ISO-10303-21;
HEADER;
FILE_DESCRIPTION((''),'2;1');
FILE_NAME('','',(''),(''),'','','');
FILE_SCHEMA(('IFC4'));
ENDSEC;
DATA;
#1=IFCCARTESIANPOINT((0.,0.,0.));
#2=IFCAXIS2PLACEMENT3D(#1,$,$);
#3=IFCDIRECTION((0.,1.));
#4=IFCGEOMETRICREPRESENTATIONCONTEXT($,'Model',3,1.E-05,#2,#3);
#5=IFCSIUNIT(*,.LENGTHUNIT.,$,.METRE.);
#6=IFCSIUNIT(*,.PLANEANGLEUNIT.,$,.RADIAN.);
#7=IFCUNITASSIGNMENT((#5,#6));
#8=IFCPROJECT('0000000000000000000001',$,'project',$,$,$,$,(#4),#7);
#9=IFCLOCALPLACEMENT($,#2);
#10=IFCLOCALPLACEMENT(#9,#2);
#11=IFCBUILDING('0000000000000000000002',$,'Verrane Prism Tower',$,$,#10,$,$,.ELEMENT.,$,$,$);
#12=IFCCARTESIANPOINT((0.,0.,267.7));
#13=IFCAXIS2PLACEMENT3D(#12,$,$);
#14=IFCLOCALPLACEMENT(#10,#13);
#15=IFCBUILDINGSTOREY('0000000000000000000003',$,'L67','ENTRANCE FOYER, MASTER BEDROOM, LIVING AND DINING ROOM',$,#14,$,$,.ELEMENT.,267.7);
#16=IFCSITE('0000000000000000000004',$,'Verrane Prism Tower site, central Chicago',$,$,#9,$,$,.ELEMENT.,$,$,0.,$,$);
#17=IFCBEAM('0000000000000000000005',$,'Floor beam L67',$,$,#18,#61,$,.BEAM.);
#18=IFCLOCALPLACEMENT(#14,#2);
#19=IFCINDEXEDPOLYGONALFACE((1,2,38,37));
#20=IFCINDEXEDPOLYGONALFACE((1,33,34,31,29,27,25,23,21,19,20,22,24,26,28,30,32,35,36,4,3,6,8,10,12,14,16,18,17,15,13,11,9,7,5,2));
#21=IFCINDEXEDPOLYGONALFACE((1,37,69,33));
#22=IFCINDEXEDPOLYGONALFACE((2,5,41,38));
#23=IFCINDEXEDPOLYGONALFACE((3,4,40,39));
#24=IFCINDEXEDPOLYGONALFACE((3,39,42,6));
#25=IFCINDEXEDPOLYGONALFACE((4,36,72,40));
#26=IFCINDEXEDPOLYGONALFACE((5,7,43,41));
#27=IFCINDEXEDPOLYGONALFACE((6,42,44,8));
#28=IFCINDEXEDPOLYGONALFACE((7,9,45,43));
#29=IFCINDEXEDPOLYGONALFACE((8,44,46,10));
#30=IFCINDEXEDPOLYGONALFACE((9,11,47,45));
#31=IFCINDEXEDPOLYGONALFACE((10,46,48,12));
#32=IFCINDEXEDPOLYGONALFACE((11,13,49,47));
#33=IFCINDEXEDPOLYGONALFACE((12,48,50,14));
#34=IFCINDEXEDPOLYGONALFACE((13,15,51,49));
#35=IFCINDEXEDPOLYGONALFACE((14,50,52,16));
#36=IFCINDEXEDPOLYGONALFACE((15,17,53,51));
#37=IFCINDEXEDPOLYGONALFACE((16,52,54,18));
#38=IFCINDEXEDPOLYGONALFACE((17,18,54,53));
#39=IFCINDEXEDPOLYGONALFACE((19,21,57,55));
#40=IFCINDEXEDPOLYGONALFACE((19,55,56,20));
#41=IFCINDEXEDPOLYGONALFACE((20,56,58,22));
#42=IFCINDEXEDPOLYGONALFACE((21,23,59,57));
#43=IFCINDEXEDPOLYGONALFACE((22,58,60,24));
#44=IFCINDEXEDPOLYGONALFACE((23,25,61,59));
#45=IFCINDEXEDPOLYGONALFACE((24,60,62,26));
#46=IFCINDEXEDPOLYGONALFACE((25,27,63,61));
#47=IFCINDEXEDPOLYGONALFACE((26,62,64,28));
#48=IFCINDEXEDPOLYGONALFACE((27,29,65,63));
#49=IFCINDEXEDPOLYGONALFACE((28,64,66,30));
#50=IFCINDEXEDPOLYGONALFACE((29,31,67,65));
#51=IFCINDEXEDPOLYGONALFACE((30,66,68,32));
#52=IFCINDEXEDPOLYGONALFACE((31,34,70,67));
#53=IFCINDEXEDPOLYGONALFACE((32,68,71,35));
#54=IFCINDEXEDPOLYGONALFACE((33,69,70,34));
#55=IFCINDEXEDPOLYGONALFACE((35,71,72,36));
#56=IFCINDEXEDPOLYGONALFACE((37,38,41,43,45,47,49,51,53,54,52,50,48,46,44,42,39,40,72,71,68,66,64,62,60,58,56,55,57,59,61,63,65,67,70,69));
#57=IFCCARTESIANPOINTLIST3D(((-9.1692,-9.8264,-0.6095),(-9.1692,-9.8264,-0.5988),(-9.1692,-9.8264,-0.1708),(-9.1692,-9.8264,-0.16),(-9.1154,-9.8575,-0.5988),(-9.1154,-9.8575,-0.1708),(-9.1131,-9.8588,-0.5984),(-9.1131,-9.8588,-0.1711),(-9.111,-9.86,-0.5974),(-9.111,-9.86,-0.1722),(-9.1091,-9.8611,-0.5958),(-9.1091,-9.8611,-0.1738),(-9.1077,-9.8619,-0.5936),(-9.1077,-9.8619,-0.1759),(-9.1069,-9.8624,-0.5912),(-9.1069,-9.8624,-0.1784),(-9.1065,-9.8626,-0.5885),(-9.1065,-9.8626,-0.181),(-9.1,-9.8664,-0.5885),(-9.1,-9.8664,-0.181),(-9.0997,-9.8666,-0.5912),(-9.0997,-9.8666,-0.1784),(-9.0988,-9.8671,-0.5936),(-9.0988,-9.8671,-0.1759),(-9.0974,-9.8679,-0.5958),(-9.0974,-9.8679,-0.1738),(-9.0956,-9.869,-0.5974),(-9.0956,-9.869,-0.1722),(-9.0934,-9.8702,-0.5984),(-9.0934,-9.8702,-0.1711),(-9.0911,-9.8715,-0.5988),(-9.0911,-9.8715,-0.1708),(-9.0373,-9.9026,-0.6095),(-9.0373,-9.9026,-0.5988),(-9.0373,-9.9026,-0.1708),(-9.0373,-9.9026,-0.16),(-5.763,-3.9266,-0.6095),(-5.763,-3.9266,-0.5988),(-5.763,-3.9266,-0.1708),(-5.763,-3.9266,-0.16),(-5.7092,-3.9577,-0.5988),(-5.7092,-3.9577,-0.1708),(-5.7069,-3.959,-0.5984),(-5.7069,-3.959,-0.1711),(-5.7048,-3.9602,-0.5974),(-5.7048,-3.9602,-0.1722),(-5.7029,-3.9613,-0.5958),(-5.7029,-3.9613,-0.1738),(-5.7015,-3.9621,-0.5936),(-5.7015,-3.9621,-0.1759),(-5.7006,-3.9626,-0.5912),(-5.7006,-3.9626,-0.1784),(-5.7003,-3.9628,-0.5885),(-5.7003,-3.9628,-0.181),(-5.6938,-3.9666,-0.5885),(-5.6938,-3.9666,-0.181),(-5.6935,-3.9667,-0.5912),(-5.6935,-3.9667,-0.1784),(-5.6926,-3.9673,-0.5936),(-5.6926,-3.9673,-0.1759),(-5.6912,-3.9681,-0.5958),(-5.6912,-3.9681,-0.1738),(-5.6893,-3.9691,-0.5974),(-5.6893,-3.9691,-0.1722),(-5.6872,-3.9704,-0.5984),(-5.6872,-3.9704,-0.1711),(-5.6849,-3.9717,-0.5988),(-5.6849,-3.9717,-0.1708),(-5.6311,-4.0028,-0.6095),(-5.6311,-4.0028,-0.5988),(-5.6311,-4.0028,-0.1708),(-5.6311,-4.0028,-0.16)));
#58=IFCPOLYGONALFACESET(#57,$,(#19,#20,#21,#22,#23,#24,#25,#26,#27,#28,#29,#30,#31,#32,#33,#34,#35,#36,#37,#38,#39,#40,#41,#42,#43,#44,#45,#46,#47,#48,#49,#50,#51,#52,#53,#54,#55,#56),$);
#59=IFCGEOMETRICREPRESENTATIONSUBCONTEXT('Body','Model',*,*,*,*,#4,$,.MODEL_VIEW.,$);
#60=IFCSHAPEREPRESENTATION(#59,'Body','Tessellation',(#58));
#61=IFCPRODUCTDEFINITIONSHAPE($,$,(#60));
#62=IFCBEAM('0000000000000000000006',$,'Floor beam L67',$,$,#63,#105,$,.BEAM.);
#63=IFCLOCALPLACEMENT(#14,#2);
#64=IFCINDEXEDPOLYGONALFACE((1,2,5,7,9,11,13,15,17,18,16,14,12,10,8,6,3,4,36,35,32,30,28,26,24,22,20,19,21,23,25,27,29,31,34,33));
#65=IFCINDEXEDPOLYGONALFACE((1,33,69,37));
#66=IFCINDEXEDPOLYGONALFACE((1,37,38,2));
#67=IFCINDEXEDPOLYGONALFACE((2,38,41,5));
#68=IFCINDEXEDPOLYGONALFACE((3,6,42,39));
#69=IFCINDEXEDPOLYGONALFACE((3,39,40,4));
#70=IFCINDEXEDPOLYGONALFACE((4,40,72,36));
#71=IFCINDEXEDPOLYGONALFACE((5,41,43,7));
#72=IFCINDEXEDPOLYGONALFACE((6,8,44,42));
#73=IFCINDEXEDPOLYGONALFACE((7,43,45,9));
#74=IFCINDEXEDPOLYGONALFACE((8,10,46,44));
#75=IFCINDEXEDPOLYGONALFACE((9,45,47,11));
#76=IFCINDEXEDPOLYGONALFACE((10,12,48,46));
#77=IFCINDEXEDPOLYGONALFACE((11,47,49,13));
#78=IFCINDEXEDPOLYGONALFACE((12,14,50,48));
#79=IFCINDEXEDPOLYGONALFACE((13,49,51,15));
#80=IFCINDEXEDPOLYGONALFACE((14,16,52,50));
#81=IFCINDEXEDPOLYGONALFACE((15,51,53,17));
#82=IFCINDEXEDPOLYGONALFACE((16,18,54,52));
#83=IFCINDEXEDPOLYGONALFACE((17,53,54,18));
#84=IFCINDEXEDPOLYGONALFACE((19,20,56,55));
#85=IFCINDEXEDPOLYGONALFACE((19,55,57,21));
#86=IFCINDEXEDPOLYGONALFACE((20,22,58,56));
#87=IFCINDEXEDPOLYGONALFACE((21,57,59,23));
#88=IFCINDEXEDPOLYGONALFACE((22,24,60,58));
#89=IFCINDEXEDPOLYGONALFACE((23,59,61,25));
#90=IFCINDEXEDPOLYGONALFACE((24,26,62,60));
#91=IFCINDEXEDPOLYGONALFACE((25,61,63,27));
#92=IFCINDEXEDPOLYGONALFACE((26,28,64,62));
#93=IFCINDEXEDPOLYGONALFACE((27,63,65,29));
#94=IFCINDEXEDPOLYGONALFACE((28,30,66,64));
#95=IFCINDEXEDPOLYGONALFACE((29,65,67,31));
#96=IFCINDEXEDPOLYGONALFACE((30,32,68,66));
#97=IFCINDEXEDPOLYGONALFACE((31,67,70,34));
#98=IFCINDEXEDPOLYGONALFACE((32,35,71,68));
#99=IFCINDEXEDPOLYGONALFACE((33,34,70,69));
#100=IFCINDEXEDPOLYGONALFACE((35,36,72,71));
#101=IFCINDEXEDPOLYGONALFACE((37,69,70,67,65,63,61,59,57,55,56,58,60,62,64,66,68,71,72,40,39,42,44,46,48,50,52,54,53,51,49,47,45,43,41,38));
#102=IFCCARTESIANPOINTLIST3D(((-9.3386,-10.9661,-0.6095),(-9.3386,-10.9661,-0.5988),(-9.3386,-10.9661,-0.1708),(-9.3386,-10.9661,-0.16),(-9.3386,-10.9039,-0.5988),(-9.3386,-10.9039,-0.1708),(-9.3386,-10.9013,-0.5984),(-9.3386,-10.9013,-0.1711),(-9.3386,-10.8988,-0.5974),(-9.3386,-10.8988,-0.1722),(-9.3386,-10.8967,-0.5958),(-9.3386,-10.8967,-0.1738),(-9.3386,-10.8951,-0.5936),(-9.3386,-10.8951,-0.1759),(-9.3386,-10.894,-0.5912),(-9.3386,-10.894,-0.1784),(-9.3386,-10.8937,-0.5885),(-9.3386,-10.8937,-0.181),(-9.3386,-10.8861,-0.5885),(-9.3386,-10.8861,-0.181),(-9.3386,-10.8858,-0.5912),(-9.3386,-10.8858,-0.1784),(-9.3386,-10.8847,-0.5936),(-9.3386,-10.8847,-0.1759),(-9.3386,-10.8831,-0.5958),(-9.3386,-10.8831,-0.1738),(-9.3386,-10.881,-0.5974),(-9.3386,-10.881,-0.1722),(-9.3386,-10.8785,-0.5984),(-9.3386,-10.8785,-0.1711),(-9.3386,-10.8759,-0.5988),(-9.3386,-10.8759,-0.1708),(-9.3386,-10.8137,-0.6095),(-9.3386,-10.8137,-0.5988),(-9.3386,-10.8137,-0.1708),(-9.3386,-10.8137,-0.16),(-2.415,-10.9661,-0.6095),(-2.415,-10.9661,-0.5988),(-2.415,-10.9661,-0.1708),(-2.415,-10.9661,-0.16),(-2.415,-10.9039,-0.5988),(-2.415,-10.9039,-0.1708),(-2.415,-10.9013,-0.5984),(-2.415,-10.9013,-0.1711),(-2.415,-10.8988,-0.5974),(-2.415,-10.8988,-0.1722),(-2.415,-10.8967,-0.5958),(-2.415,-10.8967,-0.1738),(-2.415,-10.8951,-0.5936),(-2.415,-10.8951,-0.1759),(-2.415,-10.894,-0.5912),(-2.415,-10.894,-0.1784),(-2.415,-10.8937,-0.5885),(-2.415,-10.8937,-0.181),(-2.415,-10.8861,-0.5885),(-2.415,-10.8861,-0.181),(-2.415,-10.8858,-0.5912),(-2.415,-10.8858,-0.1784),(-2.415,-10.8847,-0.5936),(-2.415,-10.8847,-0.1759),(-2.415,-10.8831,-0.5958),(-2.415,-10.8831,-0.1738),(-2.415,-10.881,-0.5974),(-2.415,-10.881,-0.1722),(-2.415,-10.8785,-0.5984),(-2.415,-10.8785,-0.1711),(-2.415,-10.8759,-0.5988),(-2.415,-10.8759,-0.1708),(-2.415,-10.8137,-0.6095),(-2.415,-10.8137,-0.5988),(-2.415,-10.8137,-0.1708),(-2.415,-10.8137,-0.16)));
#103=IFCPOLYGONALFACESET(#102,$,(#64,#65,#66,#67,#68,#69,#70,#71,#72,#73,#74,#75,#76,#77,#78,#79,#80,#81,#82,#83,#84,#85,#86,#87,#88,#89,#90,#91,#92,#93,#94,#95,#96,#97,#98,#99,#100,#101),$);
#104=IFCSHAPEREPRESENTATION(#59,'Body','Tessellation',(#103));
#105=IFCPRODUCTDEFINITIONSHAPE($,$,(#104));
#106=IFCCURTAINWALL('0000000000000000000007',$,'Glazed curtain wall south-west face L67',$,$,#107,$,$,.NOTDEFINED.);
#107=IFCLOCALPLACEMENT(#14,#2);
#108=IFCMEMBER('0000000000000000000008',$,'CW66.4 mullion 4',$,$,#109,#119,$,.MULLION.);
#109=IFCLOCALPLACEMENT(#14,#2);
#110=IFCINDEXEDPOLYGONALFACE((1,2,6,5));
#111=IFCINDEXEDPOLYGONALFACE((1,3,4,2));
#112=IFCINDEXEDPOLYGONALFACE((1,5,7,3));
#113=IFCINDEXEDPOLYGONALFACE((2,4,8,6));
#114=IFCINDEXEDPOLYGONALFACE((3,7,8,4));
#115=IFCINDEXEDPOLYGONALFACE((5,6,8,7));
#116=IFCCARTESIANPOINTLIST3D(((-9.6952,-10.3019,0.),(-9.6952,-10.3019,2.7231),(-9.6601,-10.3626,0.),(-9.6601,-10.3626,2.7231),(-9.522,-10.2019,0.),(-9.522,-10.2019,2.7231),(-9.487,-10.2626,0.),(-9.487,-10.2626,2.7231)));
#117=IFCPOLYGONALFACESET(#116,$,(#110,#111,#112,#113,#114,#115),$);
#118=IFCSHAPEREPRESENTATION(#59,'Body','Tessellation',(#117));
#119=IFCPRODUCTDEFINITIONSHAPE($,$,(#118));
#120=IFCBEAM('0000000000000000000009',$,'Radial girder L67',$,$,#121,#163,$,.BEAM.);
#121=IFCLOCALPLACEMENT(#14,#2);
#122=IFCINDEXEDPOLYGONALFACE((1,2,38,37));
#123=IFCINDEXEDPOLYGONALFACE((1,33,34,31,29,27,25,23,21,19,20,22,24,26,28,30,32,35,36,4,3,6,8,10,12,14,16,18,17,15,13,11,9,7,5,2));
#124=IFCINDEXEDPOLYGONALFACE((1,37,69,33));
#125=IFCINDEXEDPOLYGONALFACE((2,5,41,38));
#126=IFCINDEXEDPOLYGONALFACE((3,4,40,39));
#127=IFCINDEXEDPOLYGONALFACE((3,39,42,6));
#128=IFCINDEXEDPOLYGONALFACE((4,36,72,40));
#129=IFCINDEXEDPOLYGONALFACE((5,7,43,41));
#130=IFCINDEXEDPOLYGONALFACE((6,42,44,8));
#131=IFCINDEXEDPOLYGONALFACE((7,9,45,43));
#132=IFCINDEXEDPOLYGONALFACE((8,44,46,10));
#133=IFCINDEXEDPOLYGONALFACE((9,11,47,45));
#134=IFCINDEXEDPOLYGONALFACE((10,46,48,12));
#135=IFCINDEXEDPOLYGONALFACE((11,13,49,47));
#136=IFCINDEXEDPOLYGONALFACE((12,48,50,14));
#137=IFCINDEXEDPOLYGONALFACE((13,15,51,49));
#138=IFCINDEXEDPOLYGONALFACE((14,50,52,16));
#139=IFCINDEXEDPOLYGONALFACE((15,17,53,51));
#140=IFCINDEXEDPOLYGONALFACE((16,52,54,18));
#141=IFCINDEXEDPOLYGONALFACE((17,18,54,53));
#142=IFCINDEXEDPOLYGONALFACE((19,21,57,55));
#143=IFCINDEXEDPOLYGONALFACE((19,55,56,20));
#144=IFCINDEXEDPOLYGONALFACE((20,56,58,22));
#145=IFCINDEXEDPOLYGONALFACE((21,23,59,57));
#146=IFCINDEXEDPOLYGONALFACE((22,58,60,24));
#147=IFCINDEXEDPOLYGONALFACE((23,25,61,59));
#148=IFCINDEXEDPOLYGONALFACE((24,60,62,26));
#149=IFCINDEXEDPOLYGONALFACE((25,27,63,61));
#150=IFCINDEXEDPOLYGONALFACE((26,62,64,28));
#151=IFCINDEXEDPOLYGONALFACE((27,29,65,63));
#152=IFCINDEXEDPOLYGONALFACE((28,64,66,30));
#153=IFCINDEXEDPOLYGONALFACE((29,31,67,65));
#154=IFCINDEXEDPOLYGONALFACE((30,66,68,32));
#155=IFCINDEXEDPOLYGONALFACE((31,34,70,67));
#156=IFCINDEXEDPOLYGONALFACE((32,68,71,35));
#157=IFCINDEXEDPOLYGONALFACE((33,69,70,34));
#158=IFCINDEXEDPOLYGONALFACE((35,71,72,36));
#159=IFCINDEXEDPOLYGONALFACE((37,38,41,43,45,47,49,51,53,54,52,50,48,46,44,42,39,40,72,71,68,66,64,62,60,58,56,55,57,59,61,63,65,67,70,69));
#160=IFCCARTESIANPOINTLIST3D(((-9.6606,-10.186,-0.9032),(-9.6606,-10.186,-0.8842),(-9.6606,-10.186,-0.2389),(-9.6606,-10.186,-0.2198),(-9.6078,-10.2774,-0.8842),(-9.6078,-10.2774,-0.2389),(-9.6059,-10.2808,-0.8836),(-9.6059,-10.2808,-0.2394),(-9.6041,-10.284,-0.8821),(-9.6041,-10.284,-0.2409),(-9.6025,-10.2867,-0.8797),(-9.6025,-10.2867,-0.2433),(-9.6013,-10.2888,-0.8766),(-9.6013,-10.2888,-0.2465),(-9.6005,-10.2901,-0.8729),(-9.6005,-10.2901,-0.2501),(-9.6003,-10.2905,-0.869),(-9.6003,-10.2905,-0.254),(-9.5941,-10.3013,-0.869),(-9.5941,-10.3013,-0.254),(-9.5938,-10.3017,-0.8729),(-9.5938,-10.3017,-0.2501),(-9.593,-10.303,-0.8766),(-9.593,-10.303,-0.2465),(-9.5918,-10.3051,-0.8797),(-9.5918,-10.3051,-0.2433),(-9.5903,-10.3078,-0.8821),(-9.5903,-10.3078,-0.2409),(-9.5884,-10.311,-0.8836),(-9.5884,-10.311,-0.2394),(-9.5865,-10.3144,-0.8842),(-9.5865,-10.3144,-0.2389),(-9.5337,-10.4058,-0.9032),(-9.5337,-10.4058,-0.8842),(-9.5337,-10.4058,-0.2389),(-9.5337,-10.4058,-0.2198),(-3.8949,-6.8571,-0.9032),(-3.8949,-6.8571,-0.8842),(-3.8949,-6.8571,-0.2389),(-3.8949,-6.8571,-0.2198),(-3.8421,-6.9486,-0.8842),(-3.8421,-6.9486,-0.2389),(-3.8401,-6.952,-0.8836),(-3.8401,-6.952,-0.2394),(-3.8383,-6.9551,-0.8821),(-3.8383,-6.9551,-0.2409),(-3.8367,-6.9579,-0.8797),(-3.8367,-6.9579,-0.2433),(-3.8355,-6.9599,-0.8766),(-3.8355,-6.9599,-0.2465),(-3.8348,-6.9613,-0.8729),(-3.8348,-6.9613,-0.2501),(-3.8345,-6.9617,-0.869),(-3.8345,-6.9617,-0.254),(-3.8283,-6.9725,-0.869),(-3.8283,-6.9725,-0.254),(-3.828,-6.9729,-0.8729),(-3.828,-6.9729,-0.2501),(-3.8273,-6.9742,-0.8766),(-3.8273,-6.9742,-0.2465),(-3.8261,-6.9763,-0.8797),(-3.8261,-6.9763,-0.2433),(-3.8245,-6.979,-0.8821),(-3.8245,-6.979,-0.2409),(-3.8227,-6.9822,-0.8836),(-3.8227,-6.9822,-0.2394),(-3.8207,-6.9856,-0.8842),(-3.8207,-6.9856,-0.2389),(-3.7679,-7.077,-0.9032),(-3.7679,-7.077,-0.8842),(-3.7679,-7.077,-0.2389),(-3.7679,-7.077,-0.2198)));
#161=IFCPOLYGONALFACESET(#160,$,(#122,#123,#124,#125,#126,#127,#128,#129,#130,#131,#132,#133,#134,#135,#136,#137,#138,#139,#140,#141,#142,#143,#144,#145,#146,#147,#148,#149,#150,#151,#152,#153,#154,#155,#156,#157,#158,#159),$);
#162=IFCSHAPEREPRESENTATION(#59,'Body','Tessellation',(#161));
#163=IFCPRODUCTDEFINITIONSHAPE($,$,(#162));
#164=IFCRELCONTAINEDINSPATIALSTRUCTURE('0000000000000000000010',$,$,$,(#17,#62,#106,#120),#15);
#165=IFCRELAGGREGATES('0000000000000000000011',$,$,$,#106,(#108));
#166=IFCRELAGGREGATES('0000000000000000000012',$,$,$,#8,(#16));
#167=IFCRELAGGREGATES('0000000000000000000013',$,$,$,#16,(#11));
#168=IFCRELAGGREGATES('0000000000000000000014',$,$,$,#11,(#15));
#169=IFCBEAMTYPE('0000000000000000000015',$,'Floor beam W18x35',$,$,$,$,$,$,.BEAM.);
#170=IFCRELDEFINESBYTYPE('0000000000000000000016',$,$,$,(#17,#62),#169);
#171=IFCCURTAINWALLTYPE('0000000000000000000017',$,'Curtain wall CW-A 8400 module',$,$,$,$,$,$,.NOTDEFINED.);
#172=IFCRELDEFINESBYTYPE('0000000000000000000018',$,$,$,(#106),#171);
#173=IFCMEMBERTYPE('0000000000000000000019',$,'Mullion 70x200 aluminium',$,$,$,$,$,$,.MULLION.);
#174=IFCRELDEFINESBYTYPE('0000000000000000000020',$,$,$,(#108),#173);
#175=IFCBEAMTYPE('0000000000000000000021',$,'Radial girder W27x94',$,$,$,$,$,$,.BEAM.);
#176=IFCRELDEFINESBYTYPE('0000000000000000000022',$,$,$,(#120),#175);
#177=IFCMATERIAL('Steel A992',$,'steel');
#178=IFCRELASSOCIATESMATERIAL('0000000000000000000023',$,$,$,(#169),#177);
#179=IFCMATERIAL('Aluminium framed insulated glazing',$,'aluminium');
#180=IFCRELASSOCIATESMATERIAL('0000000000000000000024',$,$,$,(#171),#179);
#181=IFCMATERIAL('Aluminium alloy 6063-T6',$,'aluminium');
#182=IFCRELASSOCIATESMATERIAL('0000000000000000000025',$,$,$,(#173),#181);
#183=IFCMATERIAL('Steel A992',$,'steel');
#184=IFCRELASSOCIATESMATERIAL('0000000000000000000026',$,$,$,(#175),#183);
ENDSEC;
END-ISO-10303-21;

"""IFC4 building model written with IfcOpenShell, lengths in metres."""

from ifc_helpers import new_model, si_unit, direction, frame, origin, origin_2d, place, context, subcontext, project, spatial, rectangle, i_section, extrude, material, material_profile, profile_set, type_object, element, aggregate, save


model = new_model("IFC4")

# Units and contexts
model_context = context("Model", 3, precision=1e-05, world=origin(), true_north=direction((0.0, 1.0)))
body_context = subcontext(model_context, "Body", "Model", "MODEL_VIEW")
ifc_project = project(units=[si_unit("LENGTHUNIT", "METRE"), si_unit("PLANEANGLEUNIT", "RADIAN")], contexts=[model_context])

# Site, building, storey
site_placement = place(None, origin())
site = spatial("IfcSite", under=ifc_project, at=site_placement, Name="Verrane Prism Tower site, central Chicago", CompositionType="ELEMENT", RefElevation=0.0)
building_placement = place(site_placement, origin())
building = spatial("IfcBuilding", under=site, at=building_placement, Name="Verrane Prism Tower", CompositionType="ELEMENT")
storey_placement = place(building_placement, frame((0.0, 0.0, 267.7)))
storey = spatial("IfcBuildingStorey", under=building, at=storey_placement, Name="L67", Description="ENTRANCE FOYER, MASTER BEDROOM, LIVING AND DINING ROOM", CompositionType="ELEMENT", Elevation=267.7)

# Beams
ifc_material_1 = material(Name="Steel A992", Category="steel")
ifc_material_profile_1 = material_profile(ifc_material_1, i_section(OverallWidth=0.1523, OverallDepth=0.4495, WebThickness=0.0076, FlangeThickness=0.0107, FilletRadius=0.0103, at=origin_2d()), Name="W18x35")
ifc_profile_set_1 = profile_set([ifc_material_profile_1], Name="Steel A992")
beam_type_1 = type_object("IfcBeamType", Name="Floor beam W18x35", PredefinedType="BEAM", material=ifc_profile_set_1)
beam_1_placement = place(storey_placement, frame((-9.1033, -9.8645, -0.3848), z_axis=(0.499993, 0.866029, 0.0), x_axis=(-0.866029, 0.499993, 0.0)))
element("IfcBeam", 1, at=beam_1_placement, inside=storey, type_object=beam_type_1, Name="Floor beam L67", PredefinedType="BEAM", context=body_context, shape_type="SweptSolid", body=[
    extrude(i_section(OverallWidth=0.1523, OverallDepth=0.4495, WebThickness=0.0076, FlangeThickness=0.0107, FilletRadius=0.0103, at=origin_2d()), origin(), (0.0, 0.0, 1.0), 6.8125),
])
beam_2_placement = place(storey_placement, frame((-9.3386, -10.8899, -0.3848), z_axis=(1.0, 0.0, 0.0), x_axis=(0.0, 1.0, 0.0)))
element("IfcBeam", 2, at=beam_2_placement, inside=storey, type_object=beam_type_1, Name="Floor beam L67", PredefinedType="BEAM", context=body_context, shape_type="SweptSolid", body=[
    extrude(i_section(OverallWidth=0.1523, OverallDepth=0.4495, WebThickness=0.0076, FlangeThickness=0.0107, FilletRadius=0.0103, at=origin_2d()), origin(), (0.0, 0.0, 1.0), 6.9236),
])

# Curtain wall, member
ifc_material_2 = material(Name="Aluminium framed insulated glazing", Category="aluminium")
curtain_wall_type = type_object("IfcCurtainWallType", Name="Curtain wall CW-A 8400 module", PredefinedType="NOTDEFINED", material=ifc_material_2)
curtain_wall_placement = place(storey_placement, origin())
curtain_wall = element("IfcCurtainWall", 3, at=curtain_wall_placement, inside=storey, type_object=curtain_wall_type, Name="Glazed curtain wall south-west face L67", PredefinedType="NOTDEFINED")
ifc_material_3 = material(Name="Aluminium alloy 6063-T6", Category="aluminium")
ifc_material_profile_2 = material_profile(ifc_material_3, rectangle(XDim=0.2, YDim=0.0701, at=origin_2d()), Name="Mullion 70x200 aluminium")
ifc_profile_set_2 = profile_set([ifc_material_profile_2], Name="Aluminium alloy 6063-T6")
member_type_1 = type_object("IfcMemberType", Name="Mullion 70x200 aluminium", PredefinedType="MULLION", material=ifc_profile_set_2)
member_1_placement = place(storey_placement, frame((-9.5911, -10.2822, 0.0), z_axis=(0.0, 0.0, 1.0), x_axis=(0.866025, 0.500001, 0.0)))
member_1 = element("IfcMember", 4, at=member_1_placement, type_object=member_type_1, Name="CW66.4 mullion 4", PredefinedType="MULLION", context=body_context, shape_type="SweptSolid", body=[
    extrude(rectangle(XDim=0.2, YDim=0.0701, at=origin_2d()), origin(), (0.0, 0.0, 1.0), 2.7231),
])

# Beam
ifc_material_4 = material(Name="Steel A992", Category="steel")
ifc_material_profile_3 = material_profile(ifc_material_4, i_section(OverallWidth=0.2539, OverallDepth=0.6833, WebThickness=0.0125, FlangeThickness=0.019, FilletRadius=0.0151, at=origin_2d()), Name="W27x94")
ifc_profile_set_3 = profile_set([ifc_material_profile_3], Name="Steel A992")
beam_type_2 = type_object("IfcBeamType", Name="Radial girder W27x94", PredefinedType="BEAM", material=ifc_profile_set_3)
beam_3_placement = place(storey_placement, frame((-9.5972, -10.2959, -0.5615), z_axis=(0.86603, 0.499992, 0.0), x_axis=(-0.499992, 0.86603, 0.0)))
element("IfcBeam", 5, at=beam_3_placement, inside=storey, type_object=beam_type_2, Name="Radial girder L67", PredefinedType="BEAM", context=body_context, shape_type="SweptSolid", body=[
    extrude(i_section(OverallWidth=0.2539, OverallDepth=0.6833, WebThickness=0.0125, FlangeThickness=0.019, FilletRadius=0.0151, at=origin_2d()), origin(), (0.0, 0.0, 1.0), 6.6577),
])

aggregate(curtain_wall, [member_1])

save(model, "model.ifc")
